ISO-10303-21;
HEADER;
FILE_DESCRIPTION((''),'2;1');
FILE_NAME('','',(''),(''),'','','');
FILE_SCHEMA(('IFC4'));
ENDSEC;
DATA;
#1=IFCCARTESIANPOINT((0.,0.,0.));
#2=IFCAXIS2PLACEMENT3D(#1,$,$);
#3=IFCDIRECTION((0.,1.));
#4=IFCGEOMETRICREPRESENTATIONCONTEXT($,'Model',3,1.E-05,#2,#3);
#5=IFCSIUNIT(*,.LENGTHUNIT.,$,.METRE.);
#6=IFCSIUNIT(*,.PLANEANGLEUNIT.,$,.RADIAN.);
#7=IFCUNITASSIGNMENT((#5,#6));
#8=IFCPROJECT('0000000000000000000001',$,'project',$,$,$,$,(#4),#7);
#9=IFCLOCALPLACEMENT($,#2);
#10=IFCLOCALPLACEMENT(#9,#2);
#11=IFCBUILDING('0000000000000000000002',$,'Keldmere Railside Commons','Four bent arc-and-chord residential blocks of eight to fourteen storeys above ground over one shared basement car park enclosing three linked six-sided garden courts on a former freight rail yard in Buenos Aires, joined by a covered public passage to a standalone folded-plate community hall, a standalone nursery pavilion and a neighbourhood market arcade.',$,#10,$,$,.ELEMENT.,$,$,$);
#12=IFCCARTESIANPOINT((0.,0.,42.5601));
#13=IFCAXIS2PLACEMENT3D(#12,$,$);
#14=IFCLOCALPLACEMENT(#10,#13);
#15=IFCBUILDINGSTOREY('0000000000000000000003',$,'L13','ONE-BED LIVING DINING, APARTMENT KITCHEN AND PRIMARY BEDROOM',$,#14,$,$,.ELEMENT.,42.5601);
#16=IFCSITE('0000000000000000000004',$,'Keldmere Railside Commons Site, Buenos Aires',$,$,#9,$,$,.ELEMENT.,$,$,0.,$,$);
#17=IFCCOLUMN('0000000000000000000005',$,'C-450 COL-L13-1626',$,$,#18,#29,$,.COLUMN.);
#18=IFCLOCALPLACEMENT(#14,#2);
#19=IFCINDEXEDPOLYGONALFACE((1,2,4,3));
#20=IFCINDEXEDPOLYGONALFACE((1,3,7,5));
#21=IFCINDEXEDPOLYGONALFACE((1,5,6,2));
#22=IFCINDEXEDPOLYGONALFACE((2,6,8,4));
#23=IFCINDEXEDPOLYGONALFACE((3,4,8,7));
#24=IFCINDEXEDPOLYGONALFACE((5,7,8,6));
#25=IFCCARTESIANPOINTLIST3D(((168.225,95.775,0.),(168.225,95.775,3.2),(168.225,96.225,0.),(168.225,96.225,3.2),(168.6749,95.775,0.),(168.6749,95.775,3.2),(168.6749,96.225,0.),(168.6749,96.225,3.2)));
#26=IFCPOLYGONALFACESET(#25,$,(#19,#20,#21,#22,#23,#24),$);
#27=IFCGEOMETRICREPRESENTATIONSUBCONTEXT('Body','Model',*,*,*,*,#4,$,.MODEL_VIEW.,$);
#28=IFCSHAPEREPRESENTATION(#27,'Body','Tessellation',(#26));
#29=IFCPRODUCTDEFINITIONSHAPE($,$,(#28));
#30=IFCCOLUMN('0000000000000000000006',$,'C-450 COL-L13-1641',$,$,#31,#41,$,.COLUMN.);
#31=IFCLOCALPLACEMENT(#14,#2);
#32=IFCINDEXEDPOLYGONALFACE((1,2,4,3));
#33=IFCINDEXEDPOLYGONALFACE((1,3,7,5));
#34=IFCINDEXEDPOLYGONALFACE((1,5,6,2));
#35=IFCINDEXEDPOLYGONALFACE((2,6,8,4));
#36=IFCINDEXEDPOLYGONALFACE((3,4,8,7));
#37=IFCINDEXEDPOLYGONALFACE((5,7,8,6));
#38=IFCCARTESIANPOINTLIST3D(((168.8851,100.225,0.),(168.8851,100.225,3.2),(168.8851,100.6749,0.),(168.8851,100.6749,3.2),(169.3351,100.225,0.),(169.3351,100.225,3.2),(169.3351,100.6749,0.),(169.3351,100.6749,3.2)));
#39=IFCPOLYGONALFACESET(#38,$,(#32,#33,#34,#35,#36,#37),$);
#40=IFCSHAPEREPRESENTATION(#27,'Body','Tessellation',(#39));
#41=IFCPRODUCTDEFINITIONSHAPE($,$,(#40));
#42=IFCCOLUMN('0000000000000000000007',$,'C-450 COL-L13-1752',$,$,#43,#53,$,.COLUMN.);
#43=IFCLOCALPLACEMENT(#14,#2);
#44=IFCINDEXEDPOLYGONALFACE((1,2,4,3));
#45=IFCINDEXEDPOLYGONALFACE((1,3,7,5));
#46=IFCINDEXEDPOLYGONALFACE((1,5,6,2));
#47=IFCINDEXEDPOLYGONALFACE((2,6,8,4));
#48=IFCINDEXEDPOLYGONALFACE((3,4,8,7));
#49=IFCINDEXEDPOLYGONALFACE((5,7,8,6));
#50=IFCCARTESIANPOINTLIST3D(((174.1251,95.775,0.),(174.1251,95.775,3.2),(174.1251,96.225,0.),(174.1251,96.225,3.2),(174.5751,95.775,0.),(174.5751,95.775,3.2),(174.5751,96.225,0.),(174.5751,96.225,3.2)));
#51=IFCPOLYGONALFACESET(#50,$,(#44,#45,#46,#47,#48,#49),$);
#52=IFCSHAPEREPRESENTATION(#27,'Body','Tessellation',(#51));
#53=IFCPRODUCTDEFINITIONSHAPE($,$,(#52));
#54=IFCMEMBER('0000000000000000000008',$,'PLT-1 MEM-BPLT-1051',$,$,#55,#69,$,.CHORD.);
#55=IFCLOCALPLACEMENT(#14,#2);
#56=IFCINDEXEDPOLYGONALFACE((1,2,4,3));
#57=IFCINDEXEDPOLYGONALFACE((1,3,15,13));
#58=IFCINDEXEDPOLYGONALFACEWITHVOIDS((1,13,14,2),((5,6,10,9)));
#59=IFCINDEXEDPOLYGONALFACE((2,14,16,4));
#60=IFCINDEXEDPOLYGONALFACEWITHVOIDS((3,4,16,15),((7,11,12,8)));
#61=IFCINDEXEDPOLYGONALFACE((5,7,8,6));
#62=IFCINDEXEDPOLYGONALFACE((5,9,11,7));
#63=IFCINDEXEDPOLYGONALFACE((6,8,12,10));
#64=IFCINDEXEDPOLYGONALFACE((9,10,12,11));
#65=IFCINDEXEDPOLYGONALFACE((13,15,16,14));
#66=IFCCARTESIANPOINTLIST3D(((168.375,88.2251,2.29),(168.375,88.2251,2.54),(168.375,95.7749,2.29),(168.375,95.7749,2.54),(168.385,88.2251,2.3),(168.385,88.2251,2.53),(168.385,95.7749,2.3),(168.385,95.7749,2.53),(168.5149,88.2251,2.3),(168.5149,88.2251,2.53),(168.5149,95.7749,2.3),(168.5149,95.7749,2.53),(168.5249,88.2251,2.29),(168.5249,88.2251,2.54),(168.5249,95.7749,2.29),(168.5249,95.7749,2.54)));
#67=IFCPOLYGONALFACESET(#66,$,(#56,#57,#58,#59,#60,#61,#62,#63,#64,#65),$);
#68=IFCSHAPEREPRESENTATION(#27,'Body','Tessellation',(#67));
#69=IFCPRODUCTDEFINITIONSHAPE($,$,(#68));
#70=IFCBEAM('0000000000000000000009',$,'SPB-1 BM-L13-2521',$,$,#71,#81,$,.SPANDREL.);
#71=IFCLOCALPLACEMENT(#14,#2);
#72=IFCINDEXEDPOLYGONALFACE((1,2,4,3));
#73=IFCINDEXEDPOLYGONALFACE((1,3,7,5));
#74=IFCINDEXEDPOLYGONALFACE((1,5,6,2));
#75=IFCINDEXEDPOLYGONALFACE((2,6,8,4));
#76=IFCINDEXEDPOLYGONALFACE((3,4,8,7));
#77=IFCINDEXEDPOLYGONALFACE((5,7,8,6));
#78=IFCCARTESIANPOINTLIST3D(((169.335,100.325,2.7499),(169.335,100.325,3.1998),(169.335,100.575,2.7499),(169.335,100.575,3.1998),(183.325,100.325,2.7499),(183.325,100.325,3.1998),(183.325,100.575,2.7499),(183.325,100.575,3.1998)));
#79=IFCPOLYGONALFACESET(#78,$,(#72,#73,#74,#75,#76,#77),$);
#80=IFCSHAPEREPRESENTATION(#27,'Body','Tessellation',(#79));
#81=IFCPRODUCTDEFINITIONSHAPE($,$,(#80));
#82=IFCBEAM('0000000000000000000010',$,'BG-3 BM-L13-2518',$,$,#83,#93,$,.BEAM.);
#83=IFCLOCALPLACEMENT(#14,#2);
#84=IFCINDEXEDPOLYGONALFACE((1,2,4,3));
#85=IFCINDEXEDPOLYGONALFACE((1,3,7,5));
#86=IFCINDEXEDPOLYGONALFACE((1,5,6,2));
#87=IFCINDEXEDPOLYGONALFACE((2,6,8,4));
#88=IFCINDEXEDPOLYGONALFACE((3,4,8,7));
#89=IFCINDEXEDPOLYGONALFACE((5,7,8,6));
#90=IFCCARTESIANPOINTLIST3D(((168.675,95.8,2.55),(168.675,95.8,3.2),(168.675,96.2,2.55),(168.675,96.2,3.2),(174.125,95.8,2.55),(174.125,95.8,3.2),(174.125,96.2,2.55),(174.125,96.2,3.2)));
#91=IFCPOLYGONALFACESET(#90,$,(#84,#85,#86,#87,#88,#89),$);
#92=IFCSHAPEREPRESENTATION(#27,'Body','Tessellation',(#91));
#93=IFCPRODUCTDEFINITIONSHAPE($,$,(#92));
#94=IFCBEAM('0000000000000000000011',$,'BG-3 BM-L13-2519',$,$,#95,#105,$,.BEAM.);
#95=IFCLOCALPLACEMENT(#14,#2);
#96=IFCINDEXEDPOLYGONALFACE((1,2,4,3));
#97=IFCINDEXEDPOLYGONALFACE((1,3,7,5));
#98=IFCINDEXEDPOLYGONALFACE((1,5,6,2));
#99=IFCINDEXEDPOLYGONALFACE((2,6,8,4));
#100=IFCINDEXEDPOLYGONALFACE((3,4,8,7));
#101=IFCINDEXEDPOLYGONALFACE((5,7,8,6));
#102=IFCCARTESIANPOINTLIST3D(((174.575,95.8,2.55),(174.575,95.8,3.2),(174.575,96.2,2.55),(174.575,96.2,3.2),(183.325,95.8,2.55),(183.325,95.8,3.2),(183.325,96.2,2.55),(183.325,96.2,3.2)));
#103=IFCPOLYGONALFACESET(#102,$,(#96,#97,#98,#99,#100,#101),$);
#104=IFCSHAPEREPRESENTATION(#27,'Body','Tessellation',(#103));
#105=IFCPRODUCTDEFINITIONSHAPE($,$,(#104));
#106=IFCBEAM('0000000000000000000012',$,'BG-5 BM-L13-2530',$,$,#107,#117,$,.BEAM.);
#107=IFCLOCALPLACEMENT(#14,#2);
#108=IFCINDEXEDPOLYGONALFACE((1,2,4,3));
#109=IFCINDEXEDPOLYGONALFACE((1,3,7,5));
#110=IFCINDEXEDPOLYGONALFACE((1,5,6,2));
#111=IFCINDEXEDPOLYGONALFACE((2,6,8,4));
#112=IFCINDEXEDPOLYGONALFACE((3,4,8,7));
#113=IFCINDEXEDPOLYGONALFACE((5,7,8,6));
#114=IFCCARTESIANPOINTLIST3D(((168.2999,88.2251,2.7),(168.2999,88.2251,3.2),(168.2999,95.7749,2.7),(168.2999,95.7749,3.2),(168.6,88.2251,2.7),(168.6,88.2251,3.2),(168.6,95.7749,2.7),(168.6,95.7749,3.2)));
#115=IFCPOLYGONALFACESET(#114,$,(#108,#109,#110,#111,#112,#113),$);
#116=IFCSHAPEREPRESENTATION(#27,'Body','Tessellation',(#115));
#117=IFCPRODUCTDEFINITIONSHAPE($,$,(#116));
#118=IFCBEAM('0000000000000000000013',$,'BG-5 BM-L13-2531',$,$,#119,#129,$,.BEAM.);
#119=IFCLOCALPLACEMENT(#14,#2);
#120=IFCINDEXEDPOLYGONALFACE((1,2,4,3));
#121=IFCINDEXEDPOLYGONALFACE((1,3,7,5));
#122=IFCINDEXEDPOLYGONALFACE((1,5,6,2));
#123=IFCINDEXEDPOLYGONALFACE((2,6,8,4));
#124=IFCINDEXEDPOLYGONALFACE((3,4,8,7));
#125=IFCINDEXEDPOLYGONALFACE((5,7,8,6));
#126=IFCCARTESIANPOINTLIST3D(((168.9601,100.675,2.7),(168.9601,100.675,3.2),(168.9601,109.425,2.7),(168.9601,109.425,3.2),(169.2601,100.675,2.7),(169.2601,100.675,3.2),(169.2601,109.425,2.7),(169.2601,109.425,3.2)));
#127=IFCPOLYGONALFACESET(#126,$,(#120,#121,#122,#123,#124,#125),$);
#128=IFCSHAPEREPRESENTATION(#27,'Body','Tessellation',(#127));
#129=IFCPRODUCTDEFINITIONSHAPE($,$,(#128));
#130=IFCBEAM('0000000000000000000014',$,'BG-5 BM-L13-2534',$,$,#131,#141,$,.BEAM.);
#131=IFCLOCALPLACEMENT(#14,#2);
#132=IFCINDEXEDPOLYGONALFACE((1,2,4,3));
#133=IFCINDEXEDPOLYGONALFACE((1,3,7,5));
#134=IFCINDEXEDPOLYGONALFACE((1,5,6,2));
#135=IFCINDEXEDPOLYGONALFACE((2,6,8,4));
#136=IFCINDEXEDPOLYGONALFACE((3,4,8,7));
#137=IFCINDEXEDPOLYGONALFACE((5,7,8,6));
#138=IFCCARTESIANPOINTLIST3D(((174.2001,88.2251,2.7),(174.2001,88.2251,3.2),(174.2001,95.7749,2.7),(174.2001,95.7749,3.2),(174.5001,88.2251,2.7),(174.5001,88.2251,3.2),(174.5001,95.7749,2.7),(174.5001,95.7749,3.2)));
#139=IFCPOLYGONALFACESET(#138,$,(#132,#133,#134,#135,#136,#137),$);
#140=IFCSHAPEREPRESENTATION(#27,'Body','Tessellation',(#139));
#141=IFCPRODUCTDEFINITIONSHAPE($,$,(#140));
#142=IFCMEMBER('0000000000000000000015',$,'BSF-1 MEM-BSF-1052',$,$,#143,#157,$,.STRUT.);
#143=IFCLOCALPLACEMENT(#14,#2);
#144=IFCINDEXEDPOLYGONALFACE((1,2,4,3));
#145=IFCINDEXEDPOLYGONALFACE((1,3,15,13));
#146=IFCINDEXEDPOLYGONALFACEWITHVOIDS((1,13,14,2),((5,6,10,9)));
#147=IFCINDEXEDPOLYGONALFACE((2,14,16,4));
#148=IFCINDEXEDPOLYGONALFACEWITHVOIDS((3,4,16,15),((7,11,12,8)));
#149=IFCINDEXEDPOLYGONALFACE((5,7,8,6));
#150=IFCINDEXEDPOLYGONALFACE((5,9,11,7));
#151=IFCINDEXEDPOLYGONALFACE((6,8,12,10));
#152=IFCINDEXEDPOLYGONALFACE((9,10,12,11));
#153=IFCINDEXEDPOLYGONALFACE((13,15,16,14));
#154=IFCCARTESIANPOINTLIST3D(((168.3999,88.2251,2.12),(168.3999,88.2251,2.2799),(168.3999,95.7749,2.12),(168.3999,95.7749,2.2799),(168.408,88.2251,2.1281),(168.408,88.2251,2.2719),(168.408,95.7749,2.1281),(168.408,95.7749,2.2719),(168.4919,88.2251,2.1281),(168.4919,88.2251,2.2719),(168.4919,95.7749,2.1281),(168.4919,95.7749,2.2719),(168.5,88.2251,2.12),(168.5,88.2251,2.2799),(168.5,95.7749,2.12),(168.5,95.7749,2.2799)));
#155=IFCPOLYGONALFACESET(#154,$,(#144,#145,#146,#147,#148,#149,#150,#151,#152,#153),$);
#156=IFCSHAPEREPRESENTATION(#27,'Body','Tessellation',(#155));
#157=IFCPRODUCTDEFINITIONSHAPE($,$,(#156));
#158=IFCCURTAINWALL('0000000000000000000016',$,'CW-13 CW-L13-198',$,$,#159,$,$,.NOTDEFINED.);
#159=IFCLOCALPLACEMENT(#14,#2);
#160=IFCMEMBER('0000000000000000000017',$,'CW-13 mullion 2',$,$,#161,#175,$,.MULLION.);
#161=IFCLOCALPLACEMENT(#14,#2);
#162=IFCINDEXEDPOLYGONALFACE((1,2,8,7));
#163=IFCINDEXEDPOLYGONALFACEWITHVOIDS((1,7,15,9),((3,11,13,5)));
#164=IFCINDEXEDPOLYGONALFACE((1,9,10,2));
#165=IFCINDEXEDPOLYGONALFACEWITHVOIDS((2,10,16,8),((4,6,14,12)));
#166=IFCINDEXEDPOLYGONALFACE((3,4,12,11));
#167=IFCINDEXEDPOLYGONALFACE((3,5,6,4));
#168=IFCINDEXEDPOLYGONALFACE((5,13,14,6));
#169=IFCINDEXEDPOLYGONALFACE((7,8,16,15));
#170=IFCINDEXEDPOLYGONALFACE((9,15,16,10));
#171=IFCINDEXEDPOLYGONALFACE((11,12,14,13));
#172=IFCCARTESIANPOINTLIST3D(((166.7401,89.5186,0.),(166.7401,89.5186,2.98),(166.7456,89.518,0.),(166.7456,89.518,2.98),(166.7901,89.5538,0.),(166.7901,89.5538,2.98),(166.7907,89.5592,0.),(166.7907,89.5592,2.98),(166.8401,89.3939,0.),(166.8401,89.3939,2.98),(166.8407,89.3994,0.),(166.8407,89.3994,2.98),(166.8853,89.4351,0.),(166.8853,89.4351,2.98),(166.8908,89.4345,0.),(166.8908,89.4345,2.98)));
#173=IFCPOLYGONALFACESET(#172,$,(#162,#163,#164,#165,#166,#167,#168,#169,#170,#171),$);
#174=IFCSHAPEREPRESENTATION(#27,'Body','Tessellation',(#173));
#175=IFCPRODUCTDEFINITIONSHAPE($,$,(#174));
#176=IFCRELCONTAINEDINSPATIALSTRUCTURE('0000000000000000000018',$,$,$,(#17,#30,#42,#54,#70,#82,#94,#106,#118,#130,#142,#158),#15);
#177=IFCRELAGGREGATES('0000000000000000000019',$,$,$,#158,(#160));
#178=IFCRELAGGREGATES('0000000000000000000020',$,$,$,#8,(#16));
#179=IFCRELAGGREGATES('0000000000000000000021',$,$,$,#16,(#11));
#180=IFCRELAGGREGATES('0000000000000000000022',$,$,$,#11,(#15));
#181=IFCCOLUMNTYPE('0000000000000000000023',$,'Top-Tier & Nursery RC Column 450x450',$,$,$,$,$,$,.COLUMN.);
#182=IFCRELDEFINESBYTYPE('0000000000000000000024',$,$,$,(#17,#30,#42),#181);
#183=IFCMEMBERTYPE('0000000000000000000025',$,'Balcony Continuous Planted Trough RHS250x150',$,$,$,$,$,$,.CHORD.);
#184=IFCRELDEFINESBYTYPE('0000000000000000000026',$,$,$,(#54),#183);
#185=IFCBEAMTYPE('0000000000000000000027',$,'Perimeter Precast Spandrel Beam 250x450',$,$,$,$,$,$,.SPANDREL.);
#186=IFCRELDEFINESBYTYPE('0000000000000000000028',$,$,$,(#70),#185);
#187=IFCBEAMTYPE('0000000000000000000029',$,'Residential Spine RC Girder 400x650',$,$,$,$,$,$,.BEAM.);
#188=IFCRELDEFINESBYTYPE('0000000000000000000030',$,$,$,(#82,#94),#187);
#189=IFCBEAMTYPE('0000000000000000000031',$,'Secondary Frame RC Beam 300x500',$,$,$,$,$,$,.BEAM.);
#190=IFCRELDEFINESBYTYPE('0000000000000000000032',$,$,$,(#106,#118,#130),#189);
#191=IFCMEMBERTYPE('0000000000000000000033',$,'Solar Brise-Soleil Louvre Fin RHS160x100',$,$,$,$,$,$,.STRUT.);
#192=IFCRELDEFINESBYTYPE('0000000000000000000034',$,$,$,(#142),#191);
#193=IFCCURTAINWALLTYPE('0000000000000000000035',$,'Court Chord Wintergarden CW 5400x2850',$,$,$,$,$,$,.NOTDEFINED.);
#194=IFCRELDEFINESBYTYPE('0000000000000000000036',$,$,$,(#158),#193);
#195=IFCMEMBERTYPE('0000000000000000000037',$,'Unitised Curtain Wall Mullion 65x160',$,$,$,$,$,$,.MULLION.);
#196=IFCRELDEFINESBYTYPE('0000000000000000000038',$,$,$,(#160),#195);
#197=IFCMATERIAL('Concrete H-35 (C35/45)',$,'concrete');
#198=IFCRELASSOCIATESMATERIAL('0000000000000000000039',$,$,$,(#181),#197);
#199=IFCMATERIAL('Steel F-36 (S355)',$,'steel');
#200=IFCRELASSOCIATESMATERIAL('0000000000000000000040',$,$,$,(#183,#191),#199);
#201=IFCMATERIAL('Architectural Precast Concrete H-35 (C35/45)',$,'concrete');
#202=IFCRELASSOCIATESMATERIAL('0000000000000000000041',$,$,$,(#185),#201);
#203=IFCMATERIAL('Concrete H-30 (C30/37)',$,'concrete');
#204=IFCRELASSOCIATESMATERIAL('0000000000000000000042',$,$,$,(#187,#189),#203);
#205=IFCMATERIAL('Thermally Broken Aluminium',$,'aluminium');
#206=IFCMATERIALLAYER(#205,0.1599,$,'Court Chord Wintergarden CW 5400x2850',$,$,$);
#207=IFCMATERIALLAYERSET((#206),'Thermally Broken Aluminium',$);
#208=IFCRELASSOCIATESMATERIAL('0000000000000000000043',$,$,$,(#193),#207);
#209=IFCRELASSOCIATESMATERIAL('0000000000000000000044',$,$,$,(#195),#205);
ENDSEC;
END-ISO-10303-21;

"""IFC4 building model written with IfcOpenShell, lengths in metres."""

from ifc_helpers import new_model, si_unit, direction, frame, origin, origin_2d, place, context, subcontext, project, spatial, rectangle, hollow_rectangle, extrude, material, layer, layer_set, material_profile, profile_set, type_object, element, aggregate, save


model = new_model("IFC4")

# Units and contexts
model_context = context("Model", 3, precision=1e-05, world=origin(), true_north=direction((0.0, 1.0)))
body_context = subcontext(model_context, "Body", "Model", "MODEL_VIEW")
ifc_project = project(units=[si_unit("LENGTHUNIT", "METRE"), si_unit("PLANEANGLEUNIT", "RADIAN")], contexts=[model_context])

# Site, building, storey
site_placement = place(None, origin())
site = spatial("IfcSite", under=ifc_project, at=site_placement, Name="Keldmere Railside Commons Site, Buenos Aires", CompositionType="ELEMENT", RefElevation=0.0)
building_placement = place(site_placement, origin())
building = spatial("IfcBuilding", under=site, at=building_placement, Name="Keldmere Railside Commons", Description="Four bent arc-and-chord residential blocks of eight to fourteen storeys above ground over one shared basement car park enclosing three linked six-sided garden courts on a former freight rail yard in Buenos Aires, joined by a covered public passage to a standalone folded-plate community hall, a standalone nursery pavilion and a neighbourhood market arcade.", CompositionType="ELEMENT")
storey_placement = place(building_placement, frame((0.0, 0.0, 42.5601)))
storey = spatial("IfcBuildingStorey", under=building, at=storey_placement, Name="L13", Description="ONE-BED LIVING DINING, APARTMENT KITCHEN AND PRIMARY BEDROOM", CompositionType="ELEMENT", Elevation=42.5601)

# Columns
ifc_material_1 = material(Name="Concrete H-35 (C35/45)", Category="concrete")
ifc_material_profile_1 = material_profile(ifc_material_1, rectangle(XDim=0.45, YDim=0.45, at=origin_2d()), Name="RC-450x450")
ifc_profile_set_1 = profile_set([ifc_material_profile_1], Name="Concrete H-35 (C35/45)")
column_type = type_object("IfcColumnType", Name="Top-Tier & Nursery RC Column 450x450", PredefinedType="COLUMN", material=ifc_profile_set_1)
for number, where, z_axis, x_axis, name in (
    (1, (168.45, 96.0, 0.0), (0.0, 0.0, 1.0), (1.0, 0.0, 0.0), "C-450 COL-L13-1626"),
    (2, (169.1101, 100.45, 0.0), (0.0, 0.0, 1.0), (1.0, 0.0, 0.0), "C-450 COL-L13-1641"),
    (3, (174.3501, 96.0, 0.0), (0.0, 0.0, 1.0), (1.0, 0.0, 0.0), "C-450 COL-L13-1752"),
):
    element("IfcColumn", number, at=place(storey_placement, frame(where, z_axis=z_axis, x_axis=x_axis)), inside=storey, type_object=column_type, Name=name, PredefinedType="COLUMN", context=body_context, shape_type="SweptSolid", body=[
        extrude(rectangle(XDim=0.45, YDim=0.45, at=origin_2d()), origin(), (0.0, 0.0, 1.0), 3.2),
    ])

# Member
ifc_material_2 = material(Name="Steel F-36 (S355)", Category="steel")
ifc_material_profile_2 = material_profile(ifc_material_2, hollow_rectangle(XDim=0.1499, YDim=0.25, WallThickness=0.01, at=origin_2d()), Name="RHS-250x150x10")
ifc_profile_set_2 = profile_set([ifc_material_profile_2], Name="Steel F-36 (S355)")
member_type_1 = type_object("IfcMemberType", Name="Balcony Continuous Planted Trough RHS250x150", PredefinedType="CHORD", material=ifc_profile_set_2)
member_1_placement = place(storey_placement, frame((168.45, 88.2251, 2.415), z_axis=(0.0, 1.0, 0.0), x_axis=(-1.0, 0.0, 0.0)))
element("IfcMember", 4, at=member_1_placement, inside=storey, type_object=member_type_1, Name="PLT-1 MEM-BPLT-1051", PredefinedType="CHORD", context=body_context, shape_type="SweptSolid", body=[
    extrude(hollow_rectangle(XDim=0.1499, YDim=0.25, WallThickness=0.01, at=origin_2d()), origin(), (0.0, 0.0, 1.0), 7.5498),
])

# Beams
ifc_material_3 = material(Name="Architectural Precast Concrete H-35 (C35/45)", Category="concrete")
ifc_material_profile_3 = material_profile(ifc_material_3, rectangle(XDim=0.25, YDim=0.45, at=origin_2d()), Name="RC-250x450")
ifc_profile_set_3 = profile_set([ifc_material_profile_3], Name="Architectural Precast Concrete H-35 (C35/45)")
beam_type_1 = type_object("IfcBeamType", Name="Perimeter Precast Spandrel Beam 250x450", PredefinedType="SPANDREL", material=ifc_profile_set_3)
beam_1_placement = place(storey_placement, frame((169.335, 100.45, 2.9749), z_axis=(1.0, 0.0, 0.0), x_axis=(0.0, 1.0, 0.0)))
element("IfcBeam", 5, at=beam_1_placement, inside=storey, type_object=beam_type_1, Name="SPB-1 BM-L13-2521", PredefinedType="SPANDREL", context=body_context, shape_type="SweptSolid", body=[
    extrude(rectangle(XDim=0.25, YDim=0.45, at=origin_2d()), origin(), (0.0, 0.0, 1.0), 13.99),
])
ifc_material_4 = material(Name="Concrete H-30 (C30/37)", Category="concrete")
ifc_material_profile_4 = material_profile(ifc_material_4, rectangle(XDim=0.3999, YDim=0.6499, at=origin_2d()), Name="RC-400x650")
ifc_profile_set_4 = profile_set([ifc_material_profile_4], Name="Concrete H-30 (C30/37)")
beam_type_2 = type_object("IfcBeamType", Name="Residential Spine RC Girder 400x650", PredefinedType="BEAM", material=ifc_profile_set_4)
beam_2_placement = place(storey_placement, frame((168.675, 96.0, 2.875), z_axis=(1.0, 0.0, 0.0), x_axis=(0.0, 1.0, 0.0)))
element("IfcBeam", 6, at=beam_2_placement, inside=storey, type_object=beam_type_2, Name="BG-3 BM-L13-2518", PredefinedType="BEAM", context=body_context, shape_type="SweptSolid", body=[
    extrude(rectangle(XDim=0.3999, YDim=0.6499, at=origin_2d()), origin(), (0.0, 0.0, 1.0), 5.45),
])
beam_3_placement = place(storey_placement, frame((174.575, 96.0, 2.875), z_axis=(1.0, 0.0, 0.0), x_axis=(0.0, 1.0, 0.0)))
element("IfcBeam", 7, at=beam_3_placement, inside=storey, type_object=beam_type_2, Name="BG-3 BM-L13-2519", PredefinedType="BEAM", context=body_context, shape_type="SweptSolid", body=[
    extrude(rectangle(XDim=0.3999, YDim=0.6499, at=origin_2d()), origin(), (0.0, 0.0, 1.0), 8.75),
])
ifc_material_profile_5 = material_profile(ifc_material_4, rectangle(XDim=0.3, YDim=0.5, at=origin_2d()), Name="RC-300x500")
ifc_profile_set_5 = profile_set([ifc_material_profile_5], Name="Concrete H-30 (C30/37)")
beam_type_3 = type_object("IfcBeamType", Name="Secondary Frame RC Beam 300x500", PredefinedType="BEAM", material=ifc_profile_set_5)
beam_4_placement = place(storey_placement, frame((168.45, 88.2251, 2.95), z_axis=(0.0, 1.0, 0.0), x_axis=(-1.0, 0.0, 0.0)))
element("IfcBeam", 8, at=beam_4_placement, inside=storey, type_object=beam_type_3, Name="BG-5 BM-L13-2530", PredefinedType="BEAM", context=body_context, shape_type="SweptSolid", body=[
    extrude(rectangle(XDim=0.3, YDim=0.5, at=origin_2d()), origin(), (0.0, 0.0, 1.0), 7.5498),
])
beam_5_placement = place(storey_placement, frame((169.1101, 100.675, 2.95), z_axis=(0.0, 1.0, 0.0), x_axis=(-1.0, 0.0, 0.0)))
element("IfcBeam", 9, at=beam_5_placement, inside=storey, type_object=beam_type_3, Name="BG-5 BM-L13-2531", PredefinedType="BEAM", context=body_context, shape_type="SweptSolid", body=[
    extrude(rectangle(XDim=0.3, YDim=0.5, at=origin_2d()), origin(), (0.0, 0.0, 1.0), 8.75),
])
beam_6_placement = place(storey_placement, frame((174.3501, 88.2251, 2.95), z_axis=(0.0, 1.0, 0.0), x_axis=(-1.0, 0.0, 0.0)))
element("IfcBeam", 10, at=beam_6_placement, inside=storey, type_object=beam_type_3, Name="BG-5 BM-L13-2534", PredefinedType="BEAM", context=body_context, shape_type="SweptSolid", body=[
    extrude(rectangle(XDim=0.3, YDim=0.5, at=origin_2d()), origin(), (0.0, 0.0, 1.0), 7.5498),
])

# Member
ifc_material_profile_6 = material_profile(ifc_material_2, hollow_rectangle(XDim=0.1001, YDim=0.1599, WallThickness=0.0081, at=origin_2d()), Name="RHS-160x100x8")
ifc_profile_set_6 = profile_set([ifc_material_profile_6], Name="Steel F-36 (S355)")
member_type_2 = type_object("IfcMemberType", Name="Solar Brise-Soleil Louvre Fin RHS160x100", PredefinedType="STRUT", material=ifc_profile_set_6)
member_2_placement = place(storey_placement, frame((168.45, 88.2251, 2.2), z_axis=(0.0, 1.0, 0.0), x_axis=(-1.0, 0.0, 0.0)))
element("IfcMember", 11, at=member_2_placement, inside=storey, type_object=member_type_2, Name="BSF-1 MEM-BSF-1052", PredefinedType="STRUT", context=body_context, shape_type="SweptSolid", body=[
    extrude(hollow_rectangle(XDim=0.1001, YDim=0.1599, WallThickness=0.0081, at=origin_2d()), origin(), (0.0, 0.0, 1.0), 7.5498),
])

# Curtain wall, member
ifc_material_5 = material(Name="Thermally Broken Aluminium", Category="aluminium")
ifc_layer_1 = layer(ifc_material_5, 0.1599, Name="Court Chord Wintergarden CW 5400x2850")
ifc_layer_set_1 = layer_set([ifc_layer_1], Name="Thermally Broken Aluminium")
curtain_wall_type = type_object("IfcCurtainWallType", Name="Court Chord Wintergarden CW 5400x2850", PredefinedType="NOTDEFINED", material=ifc_layer_set_1)
curtain_wall_placement = place(storey_placement, origin())
curtain_wall = element("IfcCurtainWall", 12, at=curtain_wall_placement, inside=storey, type_object=curtain_wall_type, Name="CW-13 CW-L13-198", PredefinedType="NOTDEFINED")
ifc_material_profile_7 = material_profile(ifc_material_5, hollow_rectangle(XDim=0.0649, YDim=0.1599, WallThickness=0.0039, at=origin_2d()), Name="ALU-MULL-65x160")
ifc_profile_set_7 = profile_set([ifc_material_profile_7], Name="Thermally Broken Aluminium")
member_type_3 = type_object("IfcMemberType", Name="Unitised Curtain Wall Mullion 65x160", PredefinedType="MULLION", material=ifc_profile_set_7)
member_3_placement = place(storey_placement, frame((166.8154, 89.4766, 0.0), z_axis=(0.0, 0.0, 1.0), x_axis=(-0.780009, -0.625768, 0.0)))
member_3 = element("IfcMember", 13, at=member_3_placement, type_object=member_type_3, Name="CW-13 mullion 2", PredefinedType="MULLION", context=body_context, shape_type="SweptSolid", body=[
    extrude(hollow_rectangle(XDim=0.0649, YDim=0.1599, WallThickness=0.0039, at=origin_2d()), origin(), (0.0, 0.0, 1.0), 2.98),
])
aggregate(curtain_wall, [member_3])

save(model, "model.ifc")
